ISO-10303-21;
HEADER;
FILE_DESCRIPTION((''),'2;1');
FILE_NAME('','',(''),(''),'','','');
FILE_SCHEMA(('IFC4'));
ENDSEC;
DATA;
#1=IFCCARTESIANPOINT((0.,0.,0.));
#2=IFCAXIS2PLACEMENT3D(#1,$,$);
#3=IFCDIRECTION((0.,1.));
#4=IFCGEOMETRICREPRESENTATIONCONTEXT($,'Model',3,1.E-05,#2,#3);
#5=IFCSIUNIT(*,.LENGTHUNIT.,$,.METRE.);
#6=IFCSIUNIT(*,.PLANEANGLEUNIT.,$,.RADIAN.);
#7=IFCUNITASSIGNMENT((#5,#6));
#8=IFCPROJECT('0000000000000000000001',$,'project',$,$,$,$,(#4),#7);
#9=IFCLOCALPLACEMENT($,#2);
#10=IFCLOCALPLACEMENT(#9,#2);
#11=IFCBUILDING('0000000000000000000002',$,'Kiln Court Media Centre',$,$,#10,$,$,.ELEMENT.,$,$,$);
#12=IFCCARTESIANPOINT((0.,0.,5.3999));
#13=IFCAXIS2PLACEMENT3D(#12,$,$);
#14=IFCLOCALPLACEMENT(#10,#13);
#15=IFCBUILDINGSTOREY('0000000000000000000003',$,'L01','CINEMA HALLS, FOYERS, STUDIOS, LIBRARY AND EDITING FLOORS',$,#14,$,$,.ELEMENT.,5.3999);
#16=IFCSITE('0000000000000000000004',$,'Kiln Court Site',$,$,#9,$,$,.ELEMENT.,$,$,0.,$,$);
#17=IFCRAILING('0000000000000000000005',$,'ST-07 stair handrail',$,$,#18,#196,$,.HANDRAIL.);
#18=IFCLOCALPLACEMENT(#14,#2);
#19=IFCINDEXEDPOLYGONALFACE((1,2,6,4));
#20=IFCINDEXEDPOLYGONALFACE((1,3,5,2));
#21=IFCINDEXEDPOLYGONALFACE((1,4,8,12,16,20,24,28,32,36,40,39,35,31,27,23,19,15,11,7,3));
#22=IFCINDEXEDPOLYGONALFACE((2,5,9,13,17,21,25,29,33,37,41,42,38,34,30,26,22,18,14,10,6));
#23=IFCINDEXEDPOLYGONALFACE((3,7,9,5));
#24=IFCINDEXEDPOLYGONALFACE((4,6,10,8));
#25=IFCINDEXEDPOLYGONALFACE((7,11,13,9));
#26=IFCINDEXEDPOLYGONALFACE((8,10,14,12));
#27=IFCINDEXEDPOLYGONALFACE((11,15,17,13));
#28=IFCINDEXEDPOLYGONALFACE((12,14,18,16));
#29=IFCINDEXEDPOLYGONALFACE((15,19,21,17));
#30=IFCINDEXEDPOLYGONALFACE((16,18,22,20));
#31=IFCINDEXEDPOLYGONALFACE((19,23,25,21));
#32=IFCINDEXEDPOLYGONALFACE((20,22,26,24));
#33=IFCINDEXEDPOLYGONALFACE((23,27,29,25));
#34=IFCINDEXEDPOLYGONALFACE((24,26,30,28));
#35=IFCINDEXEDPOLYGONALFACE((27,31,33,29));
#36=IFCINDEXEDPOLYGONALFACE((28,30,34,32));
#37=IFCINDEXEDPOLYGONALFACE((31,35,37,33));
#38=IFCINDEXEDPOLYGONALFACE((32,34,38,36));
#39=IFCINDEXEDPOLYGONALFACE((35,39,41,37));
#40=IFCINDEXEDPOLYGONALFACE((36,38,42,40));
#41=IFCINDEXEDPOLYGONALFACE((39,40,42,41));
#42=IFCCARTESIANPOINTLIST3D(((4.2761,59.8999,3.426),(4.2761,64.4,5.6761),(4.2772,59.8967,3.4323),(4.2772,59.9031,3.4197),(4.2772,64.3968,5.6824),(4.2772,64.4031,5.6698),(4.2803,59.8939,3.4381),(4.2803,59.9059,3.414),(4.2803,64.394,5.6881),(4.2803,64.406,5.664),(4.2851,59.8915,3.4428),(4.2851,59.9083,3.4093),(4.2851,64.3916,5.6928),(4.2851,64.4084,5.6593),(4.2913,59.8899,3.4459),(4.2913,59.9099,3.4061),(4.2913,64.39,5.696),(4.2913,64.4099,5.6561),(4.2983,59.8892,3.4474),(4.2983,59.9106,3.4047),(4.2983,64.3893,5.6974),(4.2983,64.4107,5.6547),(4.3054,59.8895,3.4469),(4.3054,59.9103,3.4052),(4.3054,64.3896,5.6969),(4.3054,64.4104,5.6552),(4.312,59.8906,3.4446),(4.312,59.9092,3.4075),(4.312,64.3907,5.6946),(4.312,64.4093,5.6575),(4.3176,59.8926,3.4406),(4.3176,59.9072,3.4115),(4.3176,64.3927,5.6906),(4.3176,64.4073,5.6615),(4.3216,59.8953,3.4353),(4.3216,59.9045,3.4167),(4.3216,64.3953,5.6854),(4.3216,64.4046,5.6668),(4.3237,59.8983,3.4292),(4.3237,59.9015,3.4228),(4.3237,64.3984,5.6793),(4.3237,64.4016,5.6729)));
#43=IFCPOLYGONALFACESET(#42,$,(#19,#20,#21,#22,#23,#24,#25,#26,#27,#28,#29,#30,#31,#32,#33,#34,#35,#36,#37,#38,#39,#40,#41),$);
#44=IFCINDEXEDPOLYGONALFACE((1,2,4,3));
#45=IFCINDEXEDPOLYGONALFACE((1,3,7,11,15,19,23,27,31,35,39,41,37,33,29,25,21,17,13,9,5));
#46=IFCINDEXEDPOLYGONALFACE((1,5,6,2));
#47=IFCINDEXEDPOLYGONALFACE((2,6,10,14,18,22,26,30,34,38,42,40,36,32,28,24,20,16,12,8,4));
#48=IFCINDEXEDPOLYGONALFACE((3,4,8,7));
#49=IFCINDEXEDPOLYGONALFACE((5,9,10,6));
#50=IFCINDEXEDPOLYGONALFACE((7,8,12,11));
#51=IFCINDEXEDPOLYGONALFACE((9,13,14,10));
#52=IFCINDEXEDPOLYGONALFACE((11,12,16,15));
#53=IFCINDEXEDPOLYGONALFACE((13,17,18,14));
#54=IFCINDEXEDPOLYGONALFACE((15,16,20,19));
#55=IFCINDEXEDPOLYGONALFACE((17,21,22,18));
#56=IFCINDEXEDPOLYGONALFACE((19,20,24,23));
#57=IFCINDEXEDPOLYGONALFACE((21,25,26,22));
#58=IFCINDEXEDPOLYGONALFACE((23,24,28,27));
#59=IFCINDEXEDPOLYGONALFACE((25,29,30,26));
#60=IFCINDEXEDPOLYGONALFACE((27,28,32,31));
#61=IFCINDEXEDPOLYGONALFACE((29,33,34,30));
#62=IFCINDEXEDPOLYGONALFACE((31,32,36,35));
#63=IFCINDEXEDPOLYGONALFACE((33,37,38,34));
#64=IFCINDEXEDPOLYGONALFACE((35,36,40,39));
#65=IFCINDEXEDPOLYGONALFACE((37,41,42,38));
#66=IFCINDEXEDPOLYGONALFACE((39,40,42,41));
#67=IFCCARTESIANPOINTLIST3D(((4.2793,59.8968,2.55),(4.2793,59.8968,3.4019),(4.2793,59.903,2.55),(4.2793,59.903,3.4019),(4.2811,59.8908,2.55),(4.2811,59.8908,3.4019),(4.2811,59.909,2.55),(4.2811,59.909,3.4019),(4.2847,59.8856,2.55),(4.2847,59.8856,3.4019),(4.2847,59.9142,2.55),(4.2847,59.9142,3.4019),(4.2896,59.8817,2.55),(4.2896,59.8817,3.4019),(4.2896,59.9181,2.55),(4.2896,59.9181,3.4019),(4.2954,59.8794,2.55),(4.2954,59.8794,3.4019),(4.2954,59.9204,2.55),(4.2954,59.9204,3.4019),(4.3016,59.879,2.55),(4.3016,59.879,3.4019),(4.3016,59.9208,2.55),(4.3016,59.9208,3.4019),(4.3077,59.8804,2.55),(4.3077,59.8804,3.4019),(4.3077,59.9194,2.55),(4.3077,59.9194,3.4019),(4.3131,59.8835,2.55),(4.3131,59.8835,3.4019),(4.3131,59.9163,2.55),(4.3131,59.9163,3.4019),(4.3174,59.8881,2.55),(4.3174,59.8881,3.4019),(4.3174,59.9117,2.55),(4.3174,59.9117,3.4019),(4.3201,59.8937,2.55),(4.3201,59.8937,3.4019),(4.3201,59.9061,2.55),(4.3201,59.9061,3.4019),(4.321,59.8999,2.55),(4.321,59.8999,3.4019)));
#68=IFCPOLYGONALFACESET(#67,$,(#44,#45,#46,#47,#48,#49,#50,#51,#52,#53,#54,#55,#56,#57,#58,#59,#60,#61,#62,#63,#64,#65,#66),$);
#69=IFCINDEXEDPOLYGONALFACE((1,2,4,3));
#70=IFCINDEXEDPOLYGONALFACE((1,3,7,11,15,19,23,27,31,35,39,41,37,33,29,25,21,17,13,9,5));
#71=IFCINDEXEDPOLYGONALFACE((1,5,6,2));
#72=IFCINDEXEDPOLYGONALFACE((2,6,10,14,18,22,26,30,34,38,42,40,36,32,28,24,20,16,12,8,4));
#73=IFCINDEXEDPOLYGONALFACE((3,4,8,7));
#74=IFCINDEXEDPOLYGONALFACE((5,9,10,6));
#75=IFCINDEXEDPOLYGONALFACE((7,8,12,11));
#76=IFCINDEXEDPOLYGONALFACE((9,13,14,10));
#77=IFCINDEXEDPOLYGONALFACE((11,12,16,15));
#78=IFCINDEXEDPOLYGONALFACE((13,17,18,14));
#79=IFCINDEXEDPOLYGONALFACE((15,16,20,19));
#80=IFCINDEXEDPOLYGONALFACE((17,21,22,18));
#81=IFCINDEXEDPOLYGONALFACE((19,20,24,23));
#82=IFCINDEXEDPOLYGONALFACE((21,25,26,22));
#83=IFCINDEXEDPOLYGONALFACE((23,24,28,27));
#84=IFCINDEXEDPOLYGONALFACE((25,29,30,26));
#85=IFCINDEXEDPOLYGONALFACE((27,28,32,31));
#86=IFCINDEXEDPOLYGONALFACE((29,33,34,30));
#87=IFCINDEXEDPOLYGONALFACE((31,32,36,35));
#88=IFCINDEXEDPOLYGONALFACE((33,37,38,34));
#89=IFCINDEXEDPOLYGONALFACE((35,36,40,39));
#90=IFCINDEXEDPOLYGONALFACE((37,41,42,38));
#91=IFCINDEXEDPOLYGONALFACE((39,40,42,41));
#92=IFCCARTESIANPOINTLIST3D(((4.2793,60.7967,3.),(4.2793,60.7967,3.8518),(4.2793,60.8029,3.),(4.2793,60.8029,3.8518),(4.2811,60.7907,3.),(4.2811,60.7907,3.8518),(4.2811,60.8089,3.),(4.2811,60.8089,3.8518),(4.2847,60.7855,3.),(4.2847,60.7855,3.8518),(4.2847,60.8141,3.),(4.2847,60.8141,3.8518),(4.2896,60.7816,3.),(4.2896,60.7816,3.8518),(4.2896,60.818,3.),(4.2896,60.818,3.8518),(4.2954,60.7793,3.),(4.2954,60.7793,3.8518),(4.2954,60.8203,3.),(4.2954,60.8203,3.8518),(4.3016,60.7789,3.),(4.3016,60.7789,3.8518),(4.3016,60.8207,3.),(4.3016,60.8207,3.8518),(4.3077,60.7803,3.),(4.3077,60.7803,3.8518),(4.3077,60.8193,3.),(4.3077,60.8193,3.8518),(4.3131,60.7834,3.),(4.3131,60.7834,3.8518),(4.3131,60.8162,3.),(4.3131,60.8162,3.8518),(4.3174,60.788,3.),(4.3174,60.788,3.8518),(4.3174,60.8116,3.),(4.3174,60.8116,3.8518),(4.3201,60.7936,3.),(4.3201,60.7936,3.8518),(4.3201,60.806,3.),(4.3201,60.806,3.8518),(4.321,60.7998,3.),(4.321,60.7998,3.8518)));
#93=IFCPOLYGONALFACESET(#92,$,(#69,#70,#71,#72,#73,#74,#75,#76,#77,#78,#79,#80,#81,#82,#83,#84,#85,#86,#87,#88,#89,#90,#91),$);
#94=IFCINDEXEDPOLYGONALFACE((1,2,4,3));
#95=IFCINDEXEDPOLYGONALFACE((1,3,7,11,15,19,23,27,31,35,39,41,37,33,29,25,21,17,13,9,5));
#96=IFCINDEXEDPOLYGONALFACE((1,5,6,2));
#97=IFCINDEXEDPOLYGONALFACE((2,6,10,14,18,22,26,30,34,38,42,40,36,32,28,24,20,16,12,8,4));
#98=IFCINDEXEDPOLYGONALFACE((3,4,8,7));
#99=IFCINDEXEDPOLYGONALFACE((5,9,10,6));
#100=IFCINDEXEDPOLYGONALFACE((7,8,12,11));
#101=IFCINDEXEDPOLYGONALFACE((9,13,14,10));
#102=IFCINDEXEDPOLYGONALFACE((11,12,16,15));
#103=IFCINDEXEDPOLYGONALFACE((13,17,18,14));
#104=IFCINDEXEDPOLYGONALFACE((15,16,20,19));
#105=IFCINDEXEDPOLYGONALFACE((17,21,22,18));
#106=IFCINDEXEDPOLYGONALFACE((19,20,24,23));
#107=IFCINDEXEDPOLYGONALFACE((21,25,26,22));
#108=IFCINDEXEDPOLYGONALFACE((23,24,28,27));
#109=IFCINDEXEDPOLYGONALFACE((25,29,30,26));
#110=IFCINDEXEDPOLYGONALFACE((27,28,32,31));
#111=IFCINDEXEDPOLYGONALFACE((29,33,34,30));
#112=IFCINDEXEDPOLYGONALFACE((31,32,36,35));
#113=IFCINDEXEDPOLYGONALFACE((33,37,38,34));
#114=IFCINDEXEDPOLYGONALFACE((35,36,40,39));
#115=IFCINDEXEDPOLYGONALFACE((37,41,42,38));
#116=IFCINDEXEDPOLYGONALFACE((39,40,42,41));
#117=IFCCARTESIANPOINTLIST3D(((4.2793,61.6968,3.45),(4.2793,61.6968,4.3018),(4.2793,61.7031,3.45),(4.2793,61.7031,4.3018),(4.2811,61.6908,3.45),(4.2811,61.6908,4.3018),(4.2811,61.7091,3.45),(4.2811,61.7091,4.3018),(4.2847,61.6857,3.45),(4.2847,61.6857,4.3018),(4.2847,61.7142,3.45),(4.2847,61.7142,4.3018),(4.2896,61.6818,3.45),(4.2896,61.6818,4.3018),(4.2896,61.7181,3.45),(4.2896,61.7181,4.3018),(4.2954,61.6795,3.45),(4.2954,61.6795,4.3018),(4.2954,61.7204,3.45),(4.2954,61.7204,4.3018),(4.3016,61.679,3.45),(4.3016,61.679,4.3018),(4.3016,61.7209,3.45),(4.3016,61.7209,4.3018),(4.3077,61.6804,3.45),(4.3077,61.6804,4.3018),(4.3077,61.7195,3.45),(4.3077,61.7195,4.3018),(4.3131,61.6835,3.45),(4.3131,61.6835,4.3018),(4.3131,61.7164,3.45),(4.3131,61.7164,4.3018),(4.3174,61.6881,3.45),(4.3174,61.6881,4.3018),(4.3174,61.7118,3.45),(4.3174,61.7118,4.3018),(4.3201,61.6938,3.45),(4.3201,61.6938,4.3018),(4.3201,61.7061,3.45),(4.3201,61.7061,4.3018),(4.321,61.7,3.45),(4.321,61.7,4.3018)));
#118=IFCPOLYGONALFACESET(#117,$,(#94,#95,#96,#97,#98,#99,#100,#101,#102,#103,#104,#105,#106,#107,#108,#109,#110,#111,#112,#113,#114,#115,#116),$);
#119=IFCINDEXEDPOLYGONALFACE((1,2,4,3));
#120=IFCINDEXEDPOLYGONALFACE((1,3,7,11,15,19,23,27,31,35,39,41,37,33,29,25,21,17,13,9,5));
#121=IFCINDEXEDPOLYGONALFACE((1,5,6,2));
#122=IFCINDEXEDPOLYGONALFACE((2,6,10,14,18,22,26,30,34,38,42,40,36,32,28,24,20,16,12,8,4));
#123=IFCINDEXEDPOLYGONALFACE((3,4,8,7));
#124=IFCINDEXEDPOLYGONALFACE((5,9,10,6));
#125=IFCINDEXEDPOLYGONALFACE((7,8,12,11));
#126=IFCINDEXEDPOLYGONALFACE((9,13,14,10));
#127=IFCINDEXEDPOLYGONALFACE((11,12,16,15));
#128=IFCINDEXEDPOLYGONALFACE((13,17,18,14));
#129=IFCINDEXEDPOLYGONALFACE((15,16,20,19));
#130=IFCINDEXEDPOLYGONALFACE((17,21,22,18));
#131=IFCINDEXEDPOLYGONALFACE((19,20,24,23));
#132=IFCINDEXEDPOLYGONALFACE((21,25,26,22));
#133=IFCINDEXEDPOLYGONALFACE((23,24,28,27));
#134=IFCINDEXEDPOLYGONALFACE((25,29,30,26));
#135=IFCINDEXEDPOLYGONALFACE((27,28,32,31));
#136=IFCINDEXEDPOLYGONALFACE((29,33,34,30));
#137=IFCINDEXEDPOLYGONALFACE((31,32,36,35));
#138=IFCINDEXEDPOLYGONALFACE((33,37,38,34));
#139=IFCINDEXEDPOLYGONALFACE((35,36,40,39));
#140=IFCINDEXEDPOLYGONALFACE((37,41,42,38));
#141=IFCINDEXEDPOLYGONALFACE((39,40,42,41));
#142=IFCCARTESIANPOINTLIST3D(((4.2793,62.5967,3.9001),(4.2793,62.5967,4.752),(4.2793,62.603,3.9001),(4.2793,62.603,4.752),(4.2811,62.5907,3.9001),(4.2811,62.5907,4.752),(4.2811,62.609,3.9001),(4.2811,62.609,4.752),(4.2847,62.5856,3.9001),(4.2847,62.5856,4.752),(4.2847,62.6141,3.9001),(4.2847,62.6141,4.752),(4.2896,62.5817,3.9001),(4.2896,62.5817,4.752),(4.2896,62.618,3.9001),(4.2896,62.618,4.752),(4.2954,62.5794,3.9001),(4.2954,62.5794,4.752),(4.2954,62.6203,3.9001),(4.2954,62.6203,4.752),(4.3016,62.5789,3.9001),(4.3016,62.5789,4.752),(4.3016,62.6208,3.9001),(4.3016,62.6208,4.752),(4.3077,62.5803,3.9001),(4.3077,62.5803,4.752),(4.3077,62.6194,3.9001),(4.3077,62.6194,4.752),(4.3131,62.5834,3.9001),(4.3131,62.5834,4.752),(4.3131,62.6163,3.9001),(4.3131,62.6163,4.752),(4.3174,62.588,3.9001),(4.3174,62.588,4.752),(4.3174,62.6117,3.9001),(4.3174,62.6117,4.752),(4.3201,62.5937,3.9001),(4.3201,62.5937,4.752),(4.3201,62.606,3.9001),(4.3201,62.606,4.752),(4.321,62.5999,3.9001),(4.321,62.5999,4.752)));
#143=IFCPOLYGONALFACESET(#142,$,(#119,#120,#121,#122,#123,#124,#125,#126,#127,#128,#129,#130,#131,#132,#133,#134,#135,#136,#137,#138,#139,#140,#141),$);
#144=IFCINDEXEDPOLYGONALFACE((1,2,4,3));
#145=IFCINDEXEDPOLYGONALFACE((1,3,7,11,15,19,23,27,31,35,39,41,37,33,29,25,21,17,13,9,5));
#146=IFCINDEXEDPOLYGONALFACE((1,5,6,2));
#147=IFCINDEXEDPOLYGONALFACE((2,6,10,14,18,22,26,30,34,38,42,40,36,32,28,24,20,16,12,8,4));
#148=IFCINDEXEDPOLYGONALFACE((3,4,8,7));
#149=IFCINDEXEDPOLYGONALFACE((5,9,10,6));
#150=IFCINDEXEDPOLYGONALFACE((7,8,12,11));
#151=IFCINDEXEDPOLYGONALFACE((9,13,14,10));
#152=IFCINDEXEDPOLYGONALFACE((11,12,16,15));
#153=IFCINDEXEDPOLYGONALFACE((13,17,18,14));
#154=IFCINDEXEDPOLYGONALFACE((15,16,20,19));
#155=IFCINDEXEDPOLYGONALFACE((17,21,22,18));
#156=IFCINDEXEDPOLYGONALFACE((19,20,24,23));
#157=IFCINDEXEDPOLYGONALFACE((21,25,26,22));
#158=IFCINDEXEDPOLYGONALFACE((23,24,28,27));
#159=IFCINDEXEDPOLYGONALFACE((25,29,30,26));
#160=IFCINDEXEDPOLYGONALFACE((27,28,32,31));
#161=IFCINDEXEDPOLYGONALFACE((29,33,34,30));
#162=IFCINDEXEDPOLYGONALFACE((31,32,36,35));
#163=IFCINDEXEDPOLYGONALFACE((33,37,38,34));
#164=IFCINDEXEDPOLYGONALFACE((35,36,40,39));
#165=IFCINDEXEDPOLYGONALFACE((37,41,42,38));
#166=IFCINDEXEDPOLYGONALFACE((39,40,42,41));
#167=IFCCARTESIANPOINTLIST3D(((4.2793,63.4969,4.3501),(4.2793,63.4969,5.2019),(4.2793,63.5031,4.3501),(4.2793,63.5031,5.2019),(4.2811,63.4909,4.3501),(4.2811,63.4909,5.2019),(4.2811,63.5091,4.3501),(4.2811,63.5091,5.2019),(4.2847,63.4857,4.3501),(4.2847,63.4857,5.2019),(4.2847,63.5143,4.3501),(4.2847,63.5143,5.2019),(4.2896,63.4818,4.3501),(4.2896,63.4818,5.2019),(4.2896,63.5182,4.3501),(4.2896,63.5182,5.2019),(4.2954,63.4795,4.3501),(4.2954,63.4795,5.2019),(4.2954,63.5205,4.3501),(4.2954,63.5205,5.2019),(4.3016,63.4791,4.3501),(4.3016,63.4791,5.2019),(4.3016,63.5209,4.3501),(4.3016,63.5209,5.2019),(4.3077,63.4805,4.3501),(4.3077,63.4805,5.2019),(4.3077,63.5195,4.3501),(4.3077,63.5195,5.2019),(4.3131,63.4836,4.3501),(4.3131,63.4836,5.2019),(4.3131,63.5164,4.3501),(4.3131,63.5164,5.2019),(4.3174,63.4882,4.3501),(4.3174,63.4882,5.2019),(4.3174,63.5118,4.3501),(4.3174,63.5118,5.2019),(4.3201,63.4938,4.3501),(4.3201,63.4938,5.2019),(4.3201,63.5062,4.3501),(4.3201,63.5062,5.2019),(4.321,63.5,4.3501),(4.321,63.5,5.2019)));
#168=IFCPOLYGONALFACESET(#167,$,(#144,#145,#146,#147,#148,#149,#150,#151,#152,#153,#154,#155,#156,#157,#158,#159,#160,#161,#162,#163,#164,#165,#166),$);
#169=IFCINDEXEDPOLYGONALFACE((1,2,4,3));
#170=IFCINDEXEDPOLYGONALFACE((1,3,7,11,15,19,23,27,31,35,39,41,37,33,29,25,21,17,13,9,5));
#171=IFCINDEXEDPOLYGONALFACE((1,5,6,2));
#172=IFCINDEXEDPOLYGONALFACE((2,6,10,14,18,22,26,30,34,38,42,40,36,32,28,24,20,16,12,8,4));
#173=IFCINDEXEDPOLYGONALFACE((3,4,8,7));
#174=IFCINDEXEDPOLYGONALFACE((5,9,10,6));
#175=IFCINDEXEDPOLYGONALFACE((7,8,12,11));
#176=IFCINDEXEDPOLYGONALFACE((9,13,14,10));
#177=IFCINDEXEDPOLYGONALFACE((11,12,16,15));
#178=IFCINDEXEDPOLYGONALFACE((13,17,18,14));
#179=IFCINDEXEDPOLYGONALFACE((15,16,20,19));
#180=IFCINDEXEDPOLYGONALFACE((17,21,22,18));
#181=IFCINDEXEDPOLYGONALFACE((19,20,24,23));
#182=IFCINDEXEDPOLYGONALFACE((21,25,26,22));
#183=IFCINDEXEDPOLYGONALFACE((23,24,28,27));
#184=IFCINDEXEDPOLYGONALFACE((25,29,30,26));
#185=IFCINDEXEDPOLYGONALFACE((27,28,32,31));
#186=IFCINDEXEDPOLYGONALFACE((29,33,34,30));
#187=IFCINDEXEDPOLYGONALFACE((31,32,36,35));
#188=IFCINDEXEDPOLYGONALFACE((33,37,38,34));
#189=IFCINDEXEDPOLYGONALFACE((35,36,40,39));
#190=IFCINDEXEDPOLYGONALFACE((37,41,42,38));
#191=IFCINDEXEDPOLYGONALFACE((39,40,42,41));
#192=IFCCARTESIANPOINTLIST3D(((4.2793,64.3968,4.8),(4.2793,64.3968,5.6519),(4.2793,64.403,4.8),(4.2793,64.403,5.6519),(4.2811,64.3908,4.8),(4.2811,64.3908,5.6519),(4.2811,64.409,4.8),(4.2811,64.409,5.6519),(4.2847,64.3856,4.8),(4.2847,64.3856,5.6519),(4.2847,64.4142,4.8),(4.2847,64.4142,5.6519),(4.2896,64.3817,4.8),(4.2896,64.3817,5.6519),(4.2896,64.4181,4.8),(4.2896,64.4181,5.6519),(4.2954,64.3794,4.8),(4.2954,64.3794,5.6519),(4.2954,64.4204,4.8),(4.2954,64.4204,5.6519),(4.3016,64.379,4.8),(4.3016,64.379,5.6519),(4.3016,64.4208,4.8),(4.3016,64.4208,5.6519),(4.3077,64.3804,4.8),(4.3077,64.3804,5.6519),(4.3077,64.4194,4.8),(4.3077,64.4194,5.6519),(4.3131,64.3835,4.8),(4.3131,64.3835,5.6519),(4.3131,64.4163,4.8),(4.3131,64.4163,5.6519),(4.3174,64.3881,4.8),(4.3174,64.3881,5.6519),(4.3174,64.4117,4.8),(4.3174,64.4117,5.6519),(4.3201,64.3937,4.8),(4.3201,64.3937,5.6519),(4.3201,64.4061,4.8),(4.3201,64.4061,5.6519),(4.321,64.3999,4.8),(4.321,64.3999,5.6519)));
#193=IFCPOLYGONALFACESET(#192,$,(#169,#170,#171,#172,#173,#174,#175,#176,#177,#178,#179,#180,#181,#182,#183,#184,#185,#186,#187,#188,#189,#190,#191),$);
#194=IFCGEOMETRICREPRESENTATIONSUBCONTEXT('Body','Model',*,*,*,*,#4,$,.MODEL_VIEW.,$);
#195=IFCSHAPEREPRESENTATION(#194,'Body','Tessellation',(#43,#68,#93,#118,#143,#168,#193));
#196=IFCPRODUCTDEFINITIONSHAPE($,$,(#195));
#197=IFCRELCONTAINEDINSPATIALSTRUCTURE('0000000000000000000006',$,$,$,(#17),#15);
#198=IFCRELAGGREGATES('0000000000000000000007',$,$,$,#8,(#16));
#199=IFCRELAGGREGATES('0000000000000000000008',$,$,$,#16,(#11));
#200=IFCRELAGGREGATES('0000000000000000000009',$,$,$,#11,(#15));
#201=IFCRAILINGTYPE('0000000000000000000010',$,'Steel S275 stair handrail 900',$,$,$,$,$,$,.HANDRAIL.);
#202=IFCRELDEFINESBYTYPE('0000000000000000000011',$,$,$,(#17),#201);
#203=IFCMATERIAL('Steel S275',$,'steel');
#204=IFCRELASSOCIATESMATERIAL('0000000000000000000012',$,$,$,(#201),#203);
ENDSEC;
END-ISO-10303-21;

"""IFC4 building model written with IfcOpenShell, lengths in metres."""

from ifc_helpers import new_model, si_unit, direction, frame, origin, origin_2d, place, context, subcontext, project, spatial, circle, extrude, material, type_object, element, save


model = new_model("IFC4")

# Units and contexts
model_context = context("Model", 3, precision=1e-05, world=origin(), true_north=direction((0.0, 1.0)))
body_context = subcontext(model_context, "Body", "Model", "MODEL_VIEW")
ifc_project = project(units=[si_unit("LENGTHUNIT", "METRE"), si_unit("PLANEANGLEUNIT", "RADIAN")], contexts=[model_context])

# Site, building, storey
site_placement = place(None, origin())
site = spatial("IfcSite", under=ifc_project, at=site_placement, Name="Kiln Court Site", CompositionType="ELEMENT", RefElevation=0.0)
building_placement = place(site_placement, origin())
building = spatial("IfcBuilding", under=site, at=building_placement, Name="Kiln Court Media Centre", CompositionType="ELEMENT")
storey_placement = place(building_placement, frame((0.0, 0.0, 5.3999)))
storey = spatial("IfcBuildingStorey", under=building, at=storey_placement, Name="L01", Description="CINEMA HALLS, FOYERS, STUDIOS, LIBRARY AND EDITING FLOORS", CompositionType="ELEMENT", Elevation=5.3999)

# Railing
ifc_material_1 = material(Name="Steel S275", Category="steel")
railing_type_1 = type_object("IfcRailingType", Name="Steel S275 stair handrail 900", PredefinedType="HANDRAIL", material=ifc_material_1)
railing_1_placement = place(storey_placement, frame((4.3, 59.8999, 2.55)))
element("IfcRailing", 1, at=railing_1_placement, inside=storey, type_object=railing_type_1, Name="ST-07 stair handrail", PredefinedType="HANDRAIL", context=body_context, shape_type="SweptSolid", body=[
    extrude(circle(Radius=0.0239, at=origin_2d()), frame((0.0, 0.0, 0.876), z_axis=(0.0, 0.894427, 0.447214), x_axis=(-1.0, 0.0, 0.0)), (0.0, 0.0, 1.0), 5.0312),
    extrude(circle(Radius=0.021, at=origin_2d()), origin(), (0.0, 0.0, 1.0), 0.8518),
    extrude(circle(Radius=0.021, at=origin_2d()), frame((0.0, 0.8999, 0.45)), (0.0, 0.0, 1.0), 0.8518),
    extrude(circle(Radius=0.021, at=origin_2d()), frame((0.0, 1.8, 0.8999)), (0.0, 0.0, 1.0), 0.8518),
    extrude(circle(Radius=0.021, at=origin_2d()), frame((0.0, 2.7, 1.3501)), (0.0, 0.0, 1.0), 0.8518),
    extrude(circle(Radius=0.021, at=origin_2d()), frame((0.0, 3.6001, 1.8)), (0.0, 0.0, 1.0), 0.8518),
    extrude(circle(Radius=0.021, at=origin_2d()), frame((0.0, 4.5, 2.25)), (0.0, 0.0, 1.0), 0.8518),
])

save(model, "model.ifc")
